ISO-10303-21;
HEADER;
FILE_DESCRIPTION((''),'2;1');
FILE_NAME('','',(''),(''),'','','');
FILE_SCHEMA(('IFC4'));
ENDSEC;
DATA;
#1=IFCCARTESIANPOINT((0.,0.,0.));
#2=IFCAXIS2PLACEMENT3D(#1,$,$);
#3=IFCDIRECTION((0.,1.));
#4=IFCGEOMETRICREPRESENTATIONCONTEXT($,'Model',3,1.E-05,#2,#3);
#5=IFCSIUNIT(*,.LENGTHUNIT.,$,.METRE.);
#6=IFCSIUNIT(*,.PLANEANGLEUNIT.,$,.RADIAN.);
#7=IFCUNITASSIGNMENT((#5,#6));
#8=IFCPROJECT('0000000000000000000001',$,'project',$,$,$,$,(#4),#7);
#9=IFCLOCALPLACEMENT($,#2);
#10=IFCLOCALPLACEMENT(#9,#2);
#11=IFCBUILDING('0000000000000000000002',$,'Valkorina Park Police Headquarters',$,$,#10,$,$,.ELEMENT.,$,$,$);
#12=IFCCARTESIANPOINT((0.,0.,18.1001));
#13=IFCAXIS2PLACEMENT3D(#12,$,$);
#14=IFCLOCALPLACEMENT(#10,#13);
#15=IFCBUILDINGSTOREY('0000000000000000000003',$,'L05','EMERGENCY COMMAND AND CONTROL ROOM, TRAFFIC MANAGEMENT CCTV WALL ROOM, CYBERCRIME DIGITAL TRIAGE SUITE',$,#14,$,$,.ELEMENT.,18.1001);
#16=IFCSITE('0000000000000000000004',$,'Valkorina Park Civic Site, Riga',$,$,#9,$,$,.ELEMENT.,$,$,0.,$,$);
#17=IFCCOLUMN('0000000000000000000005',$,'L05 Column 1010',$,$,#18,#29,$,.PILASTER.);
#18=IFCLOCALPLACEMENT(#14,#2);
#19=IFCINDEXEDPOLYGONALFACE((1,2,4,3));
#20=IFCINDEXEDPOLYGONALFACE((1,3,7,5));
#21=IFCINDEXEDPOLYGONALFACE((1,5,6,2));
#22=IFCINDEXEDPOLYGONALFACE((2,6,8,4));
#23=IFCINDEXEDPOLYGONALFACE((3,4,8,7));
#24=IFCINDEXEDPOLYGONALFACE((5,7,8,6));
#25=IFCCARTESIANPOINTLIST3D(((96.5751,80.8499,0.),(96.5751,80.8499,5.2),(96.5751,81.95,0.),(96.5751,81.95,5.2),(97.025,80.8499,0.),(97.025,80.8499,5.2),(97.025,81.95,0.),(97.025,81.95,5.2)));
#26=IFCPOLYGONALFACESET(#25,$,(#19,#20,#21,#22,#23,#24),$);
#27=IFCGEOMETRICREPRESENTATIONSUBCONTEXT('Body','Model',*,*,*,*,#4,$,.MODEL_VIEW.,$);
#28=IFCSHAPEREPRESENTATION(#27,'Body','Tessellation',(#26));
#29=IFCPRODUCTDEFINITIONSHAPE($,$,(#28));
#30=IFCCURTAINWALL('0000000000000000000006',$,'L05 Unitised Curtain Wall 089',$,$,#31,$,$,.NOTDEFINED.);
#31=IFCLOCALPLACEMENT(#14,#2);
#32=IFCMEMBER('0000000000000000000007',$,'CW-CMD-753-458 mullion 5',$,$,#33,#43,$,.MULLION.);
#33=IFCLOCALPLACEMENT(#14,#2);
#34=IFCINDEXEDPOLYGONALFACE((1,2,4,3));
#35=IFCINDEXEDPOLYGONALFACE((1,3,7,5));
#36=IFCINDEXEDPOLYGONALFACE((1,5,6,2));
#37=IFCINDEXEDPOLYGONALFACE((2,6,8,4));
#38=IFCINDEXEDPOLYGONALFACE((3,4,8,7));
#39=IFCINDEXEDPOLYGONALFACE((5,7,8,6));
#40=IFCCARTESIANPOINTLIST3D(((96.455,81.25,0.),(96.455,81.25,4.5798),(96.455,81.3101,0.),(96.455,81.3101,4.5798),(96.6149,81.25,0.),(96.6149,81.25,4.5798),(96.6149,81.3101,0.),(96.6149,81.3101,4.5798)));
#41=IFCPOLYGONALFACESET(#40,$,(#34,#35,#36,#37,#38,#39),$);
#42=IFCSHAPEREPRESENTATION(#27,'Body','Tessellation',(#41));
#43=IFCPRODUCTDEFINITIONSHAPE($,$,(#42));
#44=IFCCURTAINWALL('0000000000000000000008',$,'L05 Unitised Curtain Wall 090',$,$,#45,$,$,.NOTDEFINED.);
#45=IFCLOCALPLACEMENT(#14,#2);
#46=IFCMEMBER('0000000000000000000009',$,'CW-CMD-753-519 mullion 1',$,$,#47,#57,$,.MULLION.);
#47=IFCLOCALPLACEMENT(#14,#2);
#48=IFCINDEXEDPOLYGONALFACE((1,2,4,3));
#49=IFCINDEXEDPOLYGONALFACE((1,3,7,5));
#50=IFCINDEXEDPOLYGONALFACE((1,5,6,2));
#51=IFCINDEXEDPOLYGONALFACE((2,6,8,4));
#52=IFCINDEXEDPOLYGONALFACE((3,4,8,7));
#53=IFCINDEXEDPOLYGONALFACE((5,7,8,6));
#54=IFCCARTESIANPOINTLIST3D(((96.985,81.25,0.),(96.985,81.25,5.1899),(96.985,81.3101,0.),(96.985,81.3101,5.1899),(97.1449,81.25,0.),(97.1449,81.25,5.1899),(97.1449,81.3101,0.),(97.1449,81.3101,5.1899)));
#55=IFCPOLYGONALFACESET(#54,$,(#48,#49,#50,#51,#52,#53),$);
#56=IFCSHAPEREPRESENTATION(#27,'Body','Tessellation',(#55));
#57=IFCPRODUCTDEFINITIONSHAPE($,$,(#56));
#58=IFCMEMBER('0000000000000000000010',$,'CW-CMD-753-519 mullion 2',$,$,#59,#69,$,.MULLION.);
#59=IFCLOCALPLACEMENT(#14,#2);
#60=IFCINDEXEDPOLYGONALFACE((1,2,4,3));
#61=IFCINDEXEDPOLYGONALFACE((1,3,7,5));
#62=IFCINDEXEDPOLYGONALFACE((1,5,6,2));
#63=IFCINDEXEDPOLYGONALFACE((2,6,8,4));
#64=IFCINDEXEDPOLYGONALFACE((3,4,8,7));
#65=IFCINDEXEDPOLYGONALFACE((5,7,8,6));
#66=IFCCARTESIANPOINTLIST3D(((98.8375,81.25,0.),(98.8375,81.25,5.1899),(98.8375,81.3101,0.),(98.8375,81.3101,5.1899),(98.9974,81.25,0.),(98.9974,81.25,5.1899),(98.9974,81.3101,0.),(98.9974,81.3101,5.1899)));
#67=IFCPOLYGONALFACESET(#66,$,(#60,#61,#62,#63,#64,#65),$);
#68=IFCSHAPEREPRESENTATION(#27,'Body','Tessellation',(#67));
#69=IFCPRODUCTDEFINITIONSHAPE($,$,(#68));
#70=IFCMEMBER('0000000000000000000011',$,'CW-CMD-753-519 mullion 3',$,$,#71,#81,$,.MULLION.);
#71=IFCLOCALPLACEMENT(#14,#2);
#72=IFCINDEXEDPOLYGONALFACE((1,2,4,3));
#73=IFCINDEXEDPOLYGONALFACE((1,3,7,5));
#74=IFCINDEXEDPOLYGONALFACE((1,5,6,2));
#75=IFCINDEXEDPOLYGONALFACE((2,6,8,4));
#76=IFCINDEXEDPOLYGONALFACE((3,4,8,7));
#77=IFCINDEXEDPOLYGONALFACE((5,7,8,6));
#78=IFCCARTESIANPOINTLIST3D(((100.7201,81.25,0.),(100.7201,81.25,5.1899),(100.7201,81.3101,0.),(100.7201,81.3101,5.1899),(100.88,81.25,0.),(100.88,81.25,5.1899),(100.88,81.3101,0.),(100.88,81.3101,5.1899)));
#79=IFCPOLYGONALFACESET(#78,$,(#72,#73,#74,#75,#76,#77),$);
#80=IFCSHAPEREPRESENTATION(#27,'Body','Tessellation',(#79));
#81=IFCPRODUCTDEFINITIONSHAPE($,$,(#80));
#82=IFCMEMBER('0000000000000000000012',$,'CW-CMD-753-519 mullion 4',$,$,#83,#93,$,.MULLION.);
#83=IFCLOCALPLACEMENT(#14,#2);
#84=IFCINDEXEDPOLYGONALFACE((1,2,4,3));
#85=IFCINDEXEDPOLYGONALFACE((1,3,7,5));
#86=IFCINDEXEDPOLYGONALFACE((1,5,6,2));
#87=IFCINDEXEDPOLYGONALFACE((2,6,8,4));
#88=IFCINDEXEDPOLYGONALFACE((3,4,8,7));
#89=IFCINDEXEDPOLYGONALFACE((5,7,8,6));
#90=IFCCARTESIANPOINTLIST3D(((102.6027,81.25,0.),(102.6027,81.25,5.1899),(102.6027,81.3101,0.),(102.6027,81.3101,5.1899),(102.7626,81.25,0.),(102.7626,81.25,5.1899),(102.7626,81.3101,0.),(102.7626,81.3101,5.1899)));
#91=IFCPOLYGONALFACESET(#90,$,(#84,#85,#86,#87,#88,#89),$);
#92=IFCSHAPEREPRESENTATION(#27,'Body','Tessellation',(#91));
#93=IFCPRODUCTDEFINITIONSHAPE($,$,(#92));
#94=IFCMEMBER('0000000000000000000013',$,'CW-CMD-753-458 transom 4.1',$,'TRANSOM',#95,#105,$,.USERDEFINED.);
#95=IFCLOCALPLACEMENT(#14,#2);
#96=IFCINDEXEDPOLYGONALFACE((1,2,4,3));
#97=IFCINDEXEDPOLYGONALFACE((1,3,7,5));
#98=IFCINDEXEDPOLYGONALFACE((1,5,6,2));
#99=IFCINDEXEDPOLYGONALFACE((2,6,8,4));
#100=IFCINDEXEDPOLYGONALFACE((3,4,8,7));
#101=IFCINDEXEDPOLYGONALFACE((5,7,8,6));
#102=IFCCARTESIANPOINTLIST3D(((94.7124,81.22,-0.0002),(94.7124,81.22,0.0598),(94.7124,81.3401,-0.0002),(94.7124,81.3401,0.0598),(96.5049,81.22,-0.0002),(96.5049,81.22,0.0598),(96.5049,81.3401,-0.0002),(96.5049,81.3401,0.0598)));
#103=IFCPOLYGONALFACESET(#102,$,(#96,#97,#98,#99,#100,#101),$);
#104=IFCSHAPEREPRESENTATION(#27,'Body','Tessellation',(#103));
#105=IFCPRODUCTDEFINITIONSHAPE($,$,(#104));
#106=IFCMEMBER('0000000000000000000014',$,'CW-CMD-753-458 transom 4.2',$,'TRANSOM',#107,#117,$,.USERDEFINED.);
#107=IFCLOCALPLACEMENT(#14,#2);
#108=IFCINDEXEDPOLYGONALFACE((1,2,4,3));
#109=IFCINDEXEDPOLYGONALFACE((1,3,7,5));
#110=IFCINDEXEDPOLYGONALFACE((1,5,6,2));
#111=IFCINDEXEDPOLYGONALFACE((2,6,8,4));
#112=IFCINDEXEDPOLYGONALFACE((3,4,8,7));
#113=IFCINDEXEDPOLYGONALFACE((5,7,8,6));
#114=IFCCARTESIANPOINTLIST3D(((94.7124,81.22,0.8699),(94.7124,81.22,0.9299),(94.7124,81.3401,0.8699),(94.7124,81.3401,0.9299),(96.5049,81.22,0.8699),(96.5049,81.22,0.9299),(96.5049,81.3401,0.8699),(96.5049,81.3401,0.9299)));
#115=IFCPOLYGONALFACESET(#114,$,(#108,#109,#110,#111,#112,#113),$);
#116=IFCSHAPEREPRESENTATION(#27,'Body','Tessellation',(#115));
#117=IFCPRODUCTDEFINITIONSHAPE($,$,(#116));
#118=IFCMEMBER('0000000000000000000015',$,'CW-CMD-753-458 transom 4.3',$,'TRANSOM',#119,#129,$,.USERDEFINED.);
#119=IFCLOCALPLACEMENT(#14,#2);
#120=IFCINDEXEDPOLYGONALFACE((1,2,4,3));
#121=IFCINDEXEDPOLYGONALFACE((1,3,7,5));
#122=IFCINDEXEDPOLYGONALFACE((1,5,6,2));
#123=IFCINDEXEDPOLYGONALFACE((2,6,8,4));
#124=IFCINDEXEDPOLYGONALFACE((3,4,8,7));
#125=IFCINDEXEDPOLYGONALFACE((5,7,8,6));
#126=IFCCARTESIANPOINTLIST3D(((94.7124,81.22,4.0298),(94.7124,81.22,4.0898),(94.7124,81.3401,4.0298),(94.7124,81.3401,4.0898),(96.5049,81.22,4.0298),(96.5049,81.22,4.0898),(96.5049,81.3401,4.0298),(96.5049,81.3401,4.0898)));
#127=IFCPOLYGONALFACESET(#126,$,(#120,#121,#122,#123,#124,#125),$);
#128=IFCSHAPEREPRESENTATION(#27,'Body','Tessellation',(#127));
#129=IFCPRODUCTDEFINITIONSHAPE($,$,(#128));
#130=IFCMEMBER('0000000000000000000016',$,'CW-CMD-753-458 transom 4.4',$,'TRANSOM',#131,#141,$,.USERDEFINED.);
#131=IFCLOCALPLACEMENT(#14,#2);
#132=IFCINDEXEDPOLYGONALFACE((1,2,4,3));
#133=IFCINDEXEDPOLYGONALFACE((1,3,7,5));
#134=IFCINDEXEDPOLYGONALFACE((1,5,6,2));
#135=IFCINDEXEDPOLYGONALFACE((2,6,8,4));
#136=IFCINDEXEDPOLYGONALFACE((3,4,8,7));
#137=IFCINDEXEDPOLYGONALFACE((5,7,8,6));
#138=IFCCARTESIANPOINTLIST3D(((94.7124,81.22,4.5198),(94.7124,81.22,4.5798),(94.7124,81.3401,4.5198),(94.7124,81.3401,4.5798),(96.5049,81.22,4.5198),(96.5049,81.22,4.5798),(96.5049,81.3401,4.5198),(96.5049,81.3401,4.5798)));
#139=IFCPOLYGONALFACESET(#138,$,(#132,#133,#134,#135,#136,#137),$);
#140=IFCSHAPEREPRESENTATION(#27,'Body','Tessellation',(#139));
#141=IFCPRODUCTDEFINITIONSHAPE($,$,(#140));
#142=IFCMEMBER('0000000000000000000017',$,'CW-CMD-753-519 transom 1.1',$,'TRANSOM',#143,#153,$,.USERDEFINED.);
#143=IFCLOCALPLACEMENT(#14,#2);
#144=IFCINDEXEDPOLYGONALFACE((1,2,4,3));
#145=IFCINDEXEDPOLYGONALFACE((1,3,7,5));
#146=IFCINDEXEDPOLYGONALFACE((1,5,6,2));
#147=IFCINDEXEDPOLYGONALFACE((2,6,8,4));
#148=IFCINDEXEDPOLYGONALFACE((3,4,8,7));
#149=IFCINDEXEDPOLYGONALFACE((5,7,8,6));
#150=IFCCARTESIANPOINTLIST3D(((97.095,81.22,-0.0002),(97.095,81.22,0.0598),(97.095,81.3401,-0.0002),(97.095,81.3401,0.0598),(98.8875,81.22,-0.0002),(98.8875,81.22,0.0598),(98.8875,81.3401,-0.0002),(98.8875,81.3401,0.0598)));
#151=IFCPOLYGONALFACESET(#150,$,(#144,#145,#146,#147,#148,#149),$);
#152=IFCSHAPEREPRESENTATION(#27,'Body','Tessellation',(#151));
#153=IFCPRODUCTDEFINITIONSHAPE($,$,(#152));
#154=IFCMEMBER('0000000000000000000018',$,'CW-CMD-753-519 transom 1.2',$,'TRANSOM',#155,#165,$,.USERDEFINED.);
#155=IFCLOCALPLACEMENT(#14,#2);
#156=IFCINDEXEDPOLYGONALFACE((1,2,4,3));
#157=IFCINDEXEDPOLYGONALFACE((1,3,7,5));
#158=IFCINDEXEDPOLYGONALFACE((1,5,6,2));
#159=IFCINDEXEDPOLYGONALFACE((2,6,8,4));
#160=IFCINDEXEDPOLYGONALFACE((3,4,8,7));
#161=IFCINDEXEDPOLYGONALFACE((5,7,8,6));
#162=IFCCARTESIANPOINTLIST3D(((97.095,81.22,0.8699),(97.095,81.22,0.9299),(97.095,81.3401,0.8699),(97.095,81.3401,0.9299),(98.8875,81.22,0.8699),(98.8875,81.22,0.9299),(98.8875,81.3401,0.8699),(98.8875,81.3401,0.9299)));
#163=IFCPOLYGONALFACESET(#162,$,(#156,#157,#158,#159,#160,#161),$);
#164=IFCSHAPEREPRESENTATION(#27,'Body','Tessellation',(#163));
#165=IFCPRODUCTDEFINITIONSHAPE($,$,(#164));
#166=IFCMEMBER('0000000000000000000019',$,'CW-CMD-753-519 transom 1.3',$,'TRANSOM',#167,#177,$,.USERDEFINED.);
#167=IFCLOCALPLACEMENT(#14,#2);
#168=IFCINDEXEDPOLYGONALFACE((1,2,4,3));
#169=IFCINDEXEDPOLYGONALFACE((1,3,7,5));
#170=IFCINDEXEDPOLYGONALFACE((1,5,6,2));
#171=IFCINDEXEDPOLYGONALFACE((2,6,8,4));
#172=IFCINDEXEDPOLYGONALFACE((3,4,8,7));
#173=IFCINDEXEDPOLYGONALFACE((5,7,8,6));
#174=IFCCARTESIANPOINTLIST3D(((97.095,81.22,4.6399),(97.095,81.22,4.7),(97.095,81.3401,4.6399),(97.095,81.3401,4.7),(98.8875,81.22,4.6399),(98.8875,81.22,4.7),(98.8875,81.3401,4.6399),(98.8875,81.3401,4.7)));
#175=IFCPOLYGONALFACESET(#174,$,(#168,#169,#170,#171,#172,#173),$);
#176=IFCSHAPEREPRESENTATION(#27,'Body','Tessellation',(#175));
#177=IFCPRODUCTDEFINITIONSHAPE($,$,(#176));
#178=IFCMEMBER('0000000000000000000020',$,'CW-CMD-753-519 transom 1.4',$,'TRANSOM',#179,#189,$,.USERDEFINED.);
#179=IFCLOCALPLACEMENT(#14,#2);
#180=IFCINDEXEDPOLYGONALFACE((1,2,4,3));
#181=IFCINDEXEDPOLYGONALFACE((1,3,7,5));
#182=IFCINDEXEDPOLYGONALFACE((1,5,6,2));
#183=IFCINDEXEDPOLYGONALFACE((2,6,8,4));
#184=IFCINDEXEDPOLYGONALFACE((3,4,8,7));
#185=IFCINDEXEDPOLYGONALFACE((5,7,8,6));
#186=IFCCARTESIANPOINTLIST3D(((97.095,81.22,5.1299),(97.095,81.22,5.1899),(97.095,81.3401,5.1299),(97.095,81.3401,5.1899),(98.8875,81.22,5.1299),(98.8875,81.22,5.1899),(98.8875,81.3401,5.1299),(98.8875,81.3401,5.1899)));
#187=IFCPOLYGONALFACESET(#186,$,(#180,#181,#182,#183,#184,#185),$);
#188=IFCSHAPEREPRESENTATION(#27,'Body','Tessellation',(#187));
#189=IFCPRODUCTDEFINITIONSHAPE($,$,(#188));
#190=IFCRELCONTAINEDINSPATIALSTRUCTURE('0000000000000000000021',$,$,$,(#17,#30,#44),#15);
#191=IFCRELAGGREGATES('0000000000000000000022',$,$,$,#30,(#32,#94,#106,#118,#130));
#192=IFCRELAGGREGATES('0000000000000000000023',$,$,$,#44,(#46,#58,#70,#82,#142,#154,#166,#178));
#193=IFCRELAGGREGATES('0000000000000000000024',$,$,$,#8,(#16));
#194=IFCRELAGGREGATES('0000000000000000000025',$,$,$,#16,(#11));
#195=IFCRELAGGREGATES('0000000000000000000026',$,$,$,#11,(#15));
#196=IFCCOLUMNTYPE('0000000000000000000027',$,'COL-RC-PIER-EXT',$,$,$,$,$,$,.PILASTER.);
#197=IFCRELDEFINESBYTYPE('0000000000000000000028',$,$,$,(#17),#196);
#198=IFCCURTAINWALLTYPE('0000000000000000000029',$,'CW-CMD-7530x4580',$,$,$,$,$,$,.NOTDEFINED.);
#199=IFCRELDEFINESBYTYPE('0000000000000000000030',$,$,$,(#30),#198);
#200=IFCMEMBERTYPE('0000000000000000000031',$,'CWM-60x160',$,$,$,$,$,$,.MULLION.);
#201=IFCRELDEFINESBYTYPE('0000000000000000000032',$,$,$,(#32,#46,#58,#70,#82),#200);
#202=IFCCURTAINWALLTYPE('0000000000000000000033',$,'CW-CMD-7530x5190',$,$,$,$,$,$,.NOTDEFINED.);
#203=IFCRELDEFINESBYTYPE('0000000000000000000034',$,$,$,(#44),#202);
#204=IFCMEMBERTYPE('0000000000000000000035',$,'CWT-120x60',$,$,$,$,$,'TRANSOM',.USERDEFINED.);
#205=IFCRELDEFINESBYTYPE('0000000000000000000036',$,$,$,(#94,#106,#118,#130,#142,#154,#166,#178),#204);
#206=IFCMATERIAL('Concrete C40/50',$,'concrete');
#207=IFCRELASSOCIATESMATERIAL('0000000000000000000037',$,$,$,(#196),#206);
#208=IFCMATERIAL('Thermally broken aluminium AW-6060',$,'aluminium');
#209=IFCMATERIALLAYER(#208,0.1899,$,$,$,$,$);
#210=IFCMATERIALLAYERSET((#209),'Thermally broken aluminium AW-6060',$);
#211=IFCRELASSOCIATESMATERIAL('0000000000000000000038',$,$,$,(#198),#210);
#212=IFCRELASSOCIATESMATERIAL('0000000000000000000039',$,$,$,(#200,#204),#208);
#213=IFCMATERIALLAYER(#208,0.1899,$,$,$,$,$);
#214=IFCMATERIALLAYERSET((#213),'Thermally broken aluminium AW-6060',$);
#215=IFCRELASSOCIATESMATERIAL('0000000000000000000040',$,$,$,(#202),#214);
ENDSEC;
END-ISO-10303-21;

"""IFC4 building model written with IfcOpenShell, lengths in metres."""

from ifc_helpers import new_model, si_unit, direction, frame, origin, origin_2d, place, context, subcontext, project, spatial, rectangle, extrude, material, layer, layer_set, material_profile, profile_set, type_object, element, aggregate, save


model = new_model("IFC4")

# Units and contexts
model_context = context("Model", 3, precision=1e-05, world=origin(), true_north=direction((0.0, 1.0)))
body_context = subcontext(model_context, "Body", "Model", "MODEL_VIEW")
ifc_project = project(units=[si_unit("LENGTHUNIT", "METRE"), si_unit("PLANEANGLEUNIT", "RADIAN")], contexts=[model_context])

# Site, building, storey
site_placement = place(None, origin())
site = spatial("IfcSite", under=ifc_project, at=site_placement, Name="Valkorina Park Civic Site, Riga", CompositionType="ELEMENT", RefElevation=0.0)
building_placement = place(site_placement, origin())
building = spatial("IfcBuilding", under=site, at=building_placement, Name="Valkorina Park Police Headquarters", CompositionType="ELEMENT")
storey_placement = place(building_placement, frame((0.0, 0.0, 18.1001)))
storey = spatial("IfcBuildingStorey", under=building, at=storey_placement, Name="L05", Description="EMERGENCY COMMAND AND CONTROL ROOM, TRAFFIC MANAGEMENT CCTV WALL ROOM, CYBERCRIME DIGITAL TRIAGE SUITE", CompositionType="ELEMENT", Elevation=18.1001)

# Column
ifc_material_1 = material(Name="Concrete C40/50", Category="concrete")
ifc_material_profile_1 = material_profile(ifc_material_1, rectangle(XDim=0.45, YDim=1.1001, at=origin_2d()), Name="RC PIER 450x1100")
ifc_profile_set_1 = profile_set([ifc_material_profile_1], Name="Concrete C40/50")
column_type = type_object("IfcColumnType", Name="COL-RC-PIER-EXT", PredefinedType="PILASTER", material=ifc_profile_set_1)
column_placement = place(storey_placement, frame((96.8, 81.3999, 0.0), z_axis=(0.0, 0.0, 1.0), x_axis=(1.0, 0.0, 0.0)))
element("IfcColumn", 1, at=column_placement, inside=storey, type_object=column_type, Name="L05 Column 1010", PredefinedType="PILASTER", context=body_context, shape_type="SweptSolid", body=[
    extrude(rectangle(XDim=0.45, YDim=1.1001, at=origin_2d()), origin(), (0.0, 0.0, 1.0), 5.2),
])

# Curtain wall, member
ifc_material_2 = material(Name="Thermally broken aluminium AW-6060", Category="aluminium")
ifc_layer_1 = layer(ifc_material_2, 0.1899)
ifc_layer_set_1 = layer_set([ifc_layer_1], Name="Thermally broken aluminium AW-6060")
curtain_wall_type_1 = type_object("IfcCurtainWallType", Name="CW-CMD-7530x4580", PredefinedType="NOTDEFINED", material=ifc_layer_set_1)
curtain_wall_1_placement = place(storey_placement, origin())
curtain_wall_1 = element("IfcCurtainWall", 2, at=curtain_wall_1_placement, inside=storey, type_object=curtain_wall_type_1, Name="L05 Unitised Curtain Wall 089", PredefinedType="NOTDEFINED")
ifc_material_profile_2 = material_profile(ifc_material_2, rectangle(XDim=0.0601, YDim=0.1599, at=origin_2d()), Name="CWM-01 60x160")
ifc_profile_set_2 = profile_set([ifc_material_profile_2], Name="Thermally broken aluminium AW-6060")
member_type_1 = type_object("IfcMemberType", Name="CWM-60x160", PredefinedType="MULLION", material=ifc_profile_set_2)
member_1_placement = place(storey_placement, frame((96.5349, 81.28, 0.0), z_axis=(0.0, 0.0, 1.0), x_axis=(0.0, 1.0, 0.0)))
member_1 = element("IfcMember", 3, at=member_1_placement, type_object=member_type_1, Name="CW-CMD-753-458 mullion 5", PredefinedType="MULLION", context=body_context, shape_type="SweptSolid", body=[
    extrude(rectangle(XDim=0.0601, YDim=0.1599, at=origin_2d()), origin(), (0.0, 0.0, 1.0), 4.5798),
])

# Curtain wall, members
ifc_layer_2 = layer(ifc_material_2, 0.1899)
ifc_layer_set_2 = layer_set([ifc_layer_2], Name="Thermally broken aluminium AW-6060")
curtain_wall_type_2 = type_object("IfcCurtainWallType", Name="CW-CMD-7530x5190", PredefinedType="NOTDEFINED", material=ifc_layer_set_2)
curtain_wall_2_placement = place(storey_placement, origin())
curtain_wall_2 = element("IfcCurtainWall", 4, at=curtain_wall_2_placement, inside=storey, type_object=curtain_wall_type_2, Name="L05 Unitised Curtain Wall 090", PredefinedType="NOTDEFINED")
member_2_placement = place(storey_placement, frame((97.0649, 81.28, 0.0), z_axis=(0.0, 0.0, 1.0), x_axis=(0.0, 1.0, 0.0)))
member_2 = element("IfcMember", 5, at=member_2_placement, type_object=member_type_1, Name="CW-CMD-753-519 mullion 1", PredefinedType="MULLION", context=body_context, shape_type="SweptSolid", body=[
    extrude(rectangle(XDim=0.0601, YDim=0.1599, at=origin_2d()), origin(), (0.0, 0.0, 1.0), 5.1899),
])
member_3_placement = place(storey_placement, frame((98.9175, 81.28, 0.0), z_axis=(0.0, 0.0, 1.0), x_axis=(0.0, 1.0, 0.0)))
member_3 = element("IfcMember", 6, at=member_3_placement, type_object=member_type_1, Name="CW-CMD-753-519 mullion 2", PredefinedType="MULLION", context=body_context, shape_type="SweptSolid", body=[
    extrude(rectangle(XDim=0.0601, YDim=0.1599, at=origin_2d()), origin(), (0.0, 0.0, 1.0), 5.1899),
])
member_4_placement = place(storey_placement, frame((100.8, 81.28, 0.0), z_axis=(0.0, 0.0, 1.0), x_axis=(0.0, 1.0, 0.0)))
member_4 = element("IfcMember", 7, at=member_4_placement, type_object=member_type_1, Name="CW-CMD-753-519 mullion 3", PredefinedType="MULLION", context=body_context, shape_type="SweptSolid", body=[
    extrude(rectangle(XDim=0.0601, YDim=0.1599, at=origin_2d()), origin(), (0.0, 0.0, 1.0), 5.1899),
])
member_5_placement = place(storey_placement, frame((102.6826, 81.28, 0.0), z_axis=(0.0, 0.0, 1.0), x_axis=(0.0, 1.0, 0.0)))
member_5 = element("IfcMember", 8, at=member_5_placement, type_object=member_type_1, Name="CW-CMD-753-519 mullion 4", PredefinedType="MULLION", context=body_context, shape_type="SweptSolid", body=[
    extrude(rectangle(XDim=0.0601, YDim=0.1599, at=origin_2d()), origin(), (0.0, 0.0, 1.0), 5.1899),
])

# Members
ifc_material_profile_3 = material_profile(ifc_material_2, rectangle(XDim=0.1201, YDim=0.0601, at=origin_2d()), Name="CWT-01 120x60")
ifc_profile_set_3 = profile_set([ifc_material_profile_3], Name="Thermally broken aluminium AW-6060")
member_type_2 = type_object("IfcMemberType", Name="CWT-120x60", ElementType="TRANSOM", PredefinedType="USERDEFINED", material=ifc_profile_set_3)
member_6_placement = place(storey_placement, frame((94.7124, 81.28, 0.0298), z_axis=(1.0, 0.0, 0.0), x_axis=(0.0, 1.0, 0.0)))
member_6 = element("IfcMember", 9, at=member_6_placement, type_object=member_type_2, Name="CW-CMD-753-458 transom 4.1", ObjectType="TRANSOM", PredefinedType="USERDEFINED", context=body_context, shape_type="SweptSolid", body=[
    extrude(rectangle(XDim=0.1201, YDim=0.0601, at=origin_2d()), origin(), (0.0, 0.0, 1.0), 1.7925),
])
member_7_placement = place(storey_placement, frame((94.7124, 81.28, 0.8999), z_axis=(1.0, 0.0, 0.0), x_axis=(0.0, 1.0, 0.0)))
member_7 = element("IfcMember", 10, at=member_7_placement, type_object=member_type_2, Name="CW-CMD-753-458 transom 4.2", ObjectType="TRANSOM", PredefinedType="USERDEFINED", context=body_context, shape_type="SweptSolid", body=[
    extrude(rectangle(XDim=0.1201, YDim=0.0601, at=origin_2d()), origin(), (0.0, 0.0, 1.0), 1.7925),
])
member_8_placement = place(storey_placement, frame((94.7124, 81.28, 4.0598), z_axis=(1.0, 0.0, 0.0), x_axis=(0.0, 1.0, 0.0)))
member_8 = element("IfcMember", 11, at=member_8_placement, type_object=member_type_2, Name="CW-CMD-753-458 transom 4.3", ObjectType="TRANSOM", PredefinedType="USERDEFINED", context=body_context, shape_type="SweptSolid", body=[
    extrude(rectangle(XDim=0.1201, YDim=0.0601, at=origin_2d()), origin(), (0.0, 0.0, 1.0), 1.7925),
])
member_9_placement = place(storey_placement, frame((94.7124, 81.28, 4.5498), z_axis=(1.0, 0.0, 0.0), x_axis=(0.0, 1.0, 0.0)))
member_9 = element("IfcMember", 12, at=member_9_placement, type_object=member_type_2, Name="CW-CMD-753-458 transom 4.4", ObjectType="TRANSOM", PredefinedType="USERDEFINED", context=body_context, shape_type="SweptSolid", body=[
    extrude(rectangle(XDim=0.1201, YDim=0.0601, at=origin_2d()), origin(), (0.0, 0.0, 1.0), 1.7925),
])
member_10_placement = place(storey_placement, frame((97.095, 81.28, 0.0298), z_axis=(1.0, 0.0, 0.0), x_axis=(0.0, 1.0, 0.0)))
member_10 = element("IfcMember", 13, at=member_10_placement, type_object=member_type_2, Name="CW-CMD-753-519 transom 1.1", ObjectType="TRANSOM", PredefinedType="USERDEFINED", context=body_context, shape_type="SweptSolid", body=[
    extrude(rectangle(XDim=0.1201, YDim=0.0601, at=origin_2d()), origin(), (0.0, 0.0, 1.0), 1.7925),
])
member_11_placement = place(storey_placement, frame((97.095, 81.28, 0.8999), z_axis=(1.0, 0.0, 0.0), x_axis=(0.0, 1.0, 0.0)))
member_11 = element("IfcMember", 14, at=member_11_placement, type_object=member_type_2, Name="CW-CMD-753-519 transom 1.2", ObjectType="TRANSOM", PredefinedType="USERDEFINED", context=body_context, shape_type="SweptSolid", body=[
    extrude(rectangle(XDim=0.1201, YDim=0.0601, at=origin_2d()), origin(), (0.0, 0.0, 1.0), 1.7925),
])
member_12_placement = place(storey_placement, frame((97.095, 81.28, 4.6699), z_axis=(1.0, 0.0, 0.0), x_axis=(0.0, 1.0, 0.0)))
member_12 = element("IfcMember", 15, at=member_12_placement, type_object=member_type_2, Name="CW-CMD-753-519 transom 1.3", ObjectType="TRANSOM", PredefinedType="USERDEFINED", context=body_context, shape_type="SweptSolid", body=[
    extrude(rectangle(XDim=0.1201, YDim=0.0601, at=origin_2d()), origin(), (0.0, 0.0, 1.0), 1.7925),
])
member_13_placement = place(storey_placement, frame((97.095, 81.28, 5.1599), z_axis=(1.0, 0.0, 0.0), x_axis=(0.0, 1.0, 0.0)))
member_13 = element("IfcMember", 16, at=member_13_placement, type_object=member_type_2, Name="CW-CMD-753-519 transom 1.4", ObjectType="TRANSOM", PredefinedType="USERDEFINED", context=body_context, shape_type="SweptSolid", body=[
    extrude(rectangle(XDim=0.1201, YDim=0.0601, at=origin_2d()), origin(), (0.0, 0.0, 1.0), 1.7925),
])

aggregate(curtain_wall_1, [member_1, member_6, member_7, member_8, member_9])
aggregate(curtain_wall_2, [member_2, member_3, member_4, member_5, member_10, member_11, member_12, member_13])

save(model, "model.ifc")
